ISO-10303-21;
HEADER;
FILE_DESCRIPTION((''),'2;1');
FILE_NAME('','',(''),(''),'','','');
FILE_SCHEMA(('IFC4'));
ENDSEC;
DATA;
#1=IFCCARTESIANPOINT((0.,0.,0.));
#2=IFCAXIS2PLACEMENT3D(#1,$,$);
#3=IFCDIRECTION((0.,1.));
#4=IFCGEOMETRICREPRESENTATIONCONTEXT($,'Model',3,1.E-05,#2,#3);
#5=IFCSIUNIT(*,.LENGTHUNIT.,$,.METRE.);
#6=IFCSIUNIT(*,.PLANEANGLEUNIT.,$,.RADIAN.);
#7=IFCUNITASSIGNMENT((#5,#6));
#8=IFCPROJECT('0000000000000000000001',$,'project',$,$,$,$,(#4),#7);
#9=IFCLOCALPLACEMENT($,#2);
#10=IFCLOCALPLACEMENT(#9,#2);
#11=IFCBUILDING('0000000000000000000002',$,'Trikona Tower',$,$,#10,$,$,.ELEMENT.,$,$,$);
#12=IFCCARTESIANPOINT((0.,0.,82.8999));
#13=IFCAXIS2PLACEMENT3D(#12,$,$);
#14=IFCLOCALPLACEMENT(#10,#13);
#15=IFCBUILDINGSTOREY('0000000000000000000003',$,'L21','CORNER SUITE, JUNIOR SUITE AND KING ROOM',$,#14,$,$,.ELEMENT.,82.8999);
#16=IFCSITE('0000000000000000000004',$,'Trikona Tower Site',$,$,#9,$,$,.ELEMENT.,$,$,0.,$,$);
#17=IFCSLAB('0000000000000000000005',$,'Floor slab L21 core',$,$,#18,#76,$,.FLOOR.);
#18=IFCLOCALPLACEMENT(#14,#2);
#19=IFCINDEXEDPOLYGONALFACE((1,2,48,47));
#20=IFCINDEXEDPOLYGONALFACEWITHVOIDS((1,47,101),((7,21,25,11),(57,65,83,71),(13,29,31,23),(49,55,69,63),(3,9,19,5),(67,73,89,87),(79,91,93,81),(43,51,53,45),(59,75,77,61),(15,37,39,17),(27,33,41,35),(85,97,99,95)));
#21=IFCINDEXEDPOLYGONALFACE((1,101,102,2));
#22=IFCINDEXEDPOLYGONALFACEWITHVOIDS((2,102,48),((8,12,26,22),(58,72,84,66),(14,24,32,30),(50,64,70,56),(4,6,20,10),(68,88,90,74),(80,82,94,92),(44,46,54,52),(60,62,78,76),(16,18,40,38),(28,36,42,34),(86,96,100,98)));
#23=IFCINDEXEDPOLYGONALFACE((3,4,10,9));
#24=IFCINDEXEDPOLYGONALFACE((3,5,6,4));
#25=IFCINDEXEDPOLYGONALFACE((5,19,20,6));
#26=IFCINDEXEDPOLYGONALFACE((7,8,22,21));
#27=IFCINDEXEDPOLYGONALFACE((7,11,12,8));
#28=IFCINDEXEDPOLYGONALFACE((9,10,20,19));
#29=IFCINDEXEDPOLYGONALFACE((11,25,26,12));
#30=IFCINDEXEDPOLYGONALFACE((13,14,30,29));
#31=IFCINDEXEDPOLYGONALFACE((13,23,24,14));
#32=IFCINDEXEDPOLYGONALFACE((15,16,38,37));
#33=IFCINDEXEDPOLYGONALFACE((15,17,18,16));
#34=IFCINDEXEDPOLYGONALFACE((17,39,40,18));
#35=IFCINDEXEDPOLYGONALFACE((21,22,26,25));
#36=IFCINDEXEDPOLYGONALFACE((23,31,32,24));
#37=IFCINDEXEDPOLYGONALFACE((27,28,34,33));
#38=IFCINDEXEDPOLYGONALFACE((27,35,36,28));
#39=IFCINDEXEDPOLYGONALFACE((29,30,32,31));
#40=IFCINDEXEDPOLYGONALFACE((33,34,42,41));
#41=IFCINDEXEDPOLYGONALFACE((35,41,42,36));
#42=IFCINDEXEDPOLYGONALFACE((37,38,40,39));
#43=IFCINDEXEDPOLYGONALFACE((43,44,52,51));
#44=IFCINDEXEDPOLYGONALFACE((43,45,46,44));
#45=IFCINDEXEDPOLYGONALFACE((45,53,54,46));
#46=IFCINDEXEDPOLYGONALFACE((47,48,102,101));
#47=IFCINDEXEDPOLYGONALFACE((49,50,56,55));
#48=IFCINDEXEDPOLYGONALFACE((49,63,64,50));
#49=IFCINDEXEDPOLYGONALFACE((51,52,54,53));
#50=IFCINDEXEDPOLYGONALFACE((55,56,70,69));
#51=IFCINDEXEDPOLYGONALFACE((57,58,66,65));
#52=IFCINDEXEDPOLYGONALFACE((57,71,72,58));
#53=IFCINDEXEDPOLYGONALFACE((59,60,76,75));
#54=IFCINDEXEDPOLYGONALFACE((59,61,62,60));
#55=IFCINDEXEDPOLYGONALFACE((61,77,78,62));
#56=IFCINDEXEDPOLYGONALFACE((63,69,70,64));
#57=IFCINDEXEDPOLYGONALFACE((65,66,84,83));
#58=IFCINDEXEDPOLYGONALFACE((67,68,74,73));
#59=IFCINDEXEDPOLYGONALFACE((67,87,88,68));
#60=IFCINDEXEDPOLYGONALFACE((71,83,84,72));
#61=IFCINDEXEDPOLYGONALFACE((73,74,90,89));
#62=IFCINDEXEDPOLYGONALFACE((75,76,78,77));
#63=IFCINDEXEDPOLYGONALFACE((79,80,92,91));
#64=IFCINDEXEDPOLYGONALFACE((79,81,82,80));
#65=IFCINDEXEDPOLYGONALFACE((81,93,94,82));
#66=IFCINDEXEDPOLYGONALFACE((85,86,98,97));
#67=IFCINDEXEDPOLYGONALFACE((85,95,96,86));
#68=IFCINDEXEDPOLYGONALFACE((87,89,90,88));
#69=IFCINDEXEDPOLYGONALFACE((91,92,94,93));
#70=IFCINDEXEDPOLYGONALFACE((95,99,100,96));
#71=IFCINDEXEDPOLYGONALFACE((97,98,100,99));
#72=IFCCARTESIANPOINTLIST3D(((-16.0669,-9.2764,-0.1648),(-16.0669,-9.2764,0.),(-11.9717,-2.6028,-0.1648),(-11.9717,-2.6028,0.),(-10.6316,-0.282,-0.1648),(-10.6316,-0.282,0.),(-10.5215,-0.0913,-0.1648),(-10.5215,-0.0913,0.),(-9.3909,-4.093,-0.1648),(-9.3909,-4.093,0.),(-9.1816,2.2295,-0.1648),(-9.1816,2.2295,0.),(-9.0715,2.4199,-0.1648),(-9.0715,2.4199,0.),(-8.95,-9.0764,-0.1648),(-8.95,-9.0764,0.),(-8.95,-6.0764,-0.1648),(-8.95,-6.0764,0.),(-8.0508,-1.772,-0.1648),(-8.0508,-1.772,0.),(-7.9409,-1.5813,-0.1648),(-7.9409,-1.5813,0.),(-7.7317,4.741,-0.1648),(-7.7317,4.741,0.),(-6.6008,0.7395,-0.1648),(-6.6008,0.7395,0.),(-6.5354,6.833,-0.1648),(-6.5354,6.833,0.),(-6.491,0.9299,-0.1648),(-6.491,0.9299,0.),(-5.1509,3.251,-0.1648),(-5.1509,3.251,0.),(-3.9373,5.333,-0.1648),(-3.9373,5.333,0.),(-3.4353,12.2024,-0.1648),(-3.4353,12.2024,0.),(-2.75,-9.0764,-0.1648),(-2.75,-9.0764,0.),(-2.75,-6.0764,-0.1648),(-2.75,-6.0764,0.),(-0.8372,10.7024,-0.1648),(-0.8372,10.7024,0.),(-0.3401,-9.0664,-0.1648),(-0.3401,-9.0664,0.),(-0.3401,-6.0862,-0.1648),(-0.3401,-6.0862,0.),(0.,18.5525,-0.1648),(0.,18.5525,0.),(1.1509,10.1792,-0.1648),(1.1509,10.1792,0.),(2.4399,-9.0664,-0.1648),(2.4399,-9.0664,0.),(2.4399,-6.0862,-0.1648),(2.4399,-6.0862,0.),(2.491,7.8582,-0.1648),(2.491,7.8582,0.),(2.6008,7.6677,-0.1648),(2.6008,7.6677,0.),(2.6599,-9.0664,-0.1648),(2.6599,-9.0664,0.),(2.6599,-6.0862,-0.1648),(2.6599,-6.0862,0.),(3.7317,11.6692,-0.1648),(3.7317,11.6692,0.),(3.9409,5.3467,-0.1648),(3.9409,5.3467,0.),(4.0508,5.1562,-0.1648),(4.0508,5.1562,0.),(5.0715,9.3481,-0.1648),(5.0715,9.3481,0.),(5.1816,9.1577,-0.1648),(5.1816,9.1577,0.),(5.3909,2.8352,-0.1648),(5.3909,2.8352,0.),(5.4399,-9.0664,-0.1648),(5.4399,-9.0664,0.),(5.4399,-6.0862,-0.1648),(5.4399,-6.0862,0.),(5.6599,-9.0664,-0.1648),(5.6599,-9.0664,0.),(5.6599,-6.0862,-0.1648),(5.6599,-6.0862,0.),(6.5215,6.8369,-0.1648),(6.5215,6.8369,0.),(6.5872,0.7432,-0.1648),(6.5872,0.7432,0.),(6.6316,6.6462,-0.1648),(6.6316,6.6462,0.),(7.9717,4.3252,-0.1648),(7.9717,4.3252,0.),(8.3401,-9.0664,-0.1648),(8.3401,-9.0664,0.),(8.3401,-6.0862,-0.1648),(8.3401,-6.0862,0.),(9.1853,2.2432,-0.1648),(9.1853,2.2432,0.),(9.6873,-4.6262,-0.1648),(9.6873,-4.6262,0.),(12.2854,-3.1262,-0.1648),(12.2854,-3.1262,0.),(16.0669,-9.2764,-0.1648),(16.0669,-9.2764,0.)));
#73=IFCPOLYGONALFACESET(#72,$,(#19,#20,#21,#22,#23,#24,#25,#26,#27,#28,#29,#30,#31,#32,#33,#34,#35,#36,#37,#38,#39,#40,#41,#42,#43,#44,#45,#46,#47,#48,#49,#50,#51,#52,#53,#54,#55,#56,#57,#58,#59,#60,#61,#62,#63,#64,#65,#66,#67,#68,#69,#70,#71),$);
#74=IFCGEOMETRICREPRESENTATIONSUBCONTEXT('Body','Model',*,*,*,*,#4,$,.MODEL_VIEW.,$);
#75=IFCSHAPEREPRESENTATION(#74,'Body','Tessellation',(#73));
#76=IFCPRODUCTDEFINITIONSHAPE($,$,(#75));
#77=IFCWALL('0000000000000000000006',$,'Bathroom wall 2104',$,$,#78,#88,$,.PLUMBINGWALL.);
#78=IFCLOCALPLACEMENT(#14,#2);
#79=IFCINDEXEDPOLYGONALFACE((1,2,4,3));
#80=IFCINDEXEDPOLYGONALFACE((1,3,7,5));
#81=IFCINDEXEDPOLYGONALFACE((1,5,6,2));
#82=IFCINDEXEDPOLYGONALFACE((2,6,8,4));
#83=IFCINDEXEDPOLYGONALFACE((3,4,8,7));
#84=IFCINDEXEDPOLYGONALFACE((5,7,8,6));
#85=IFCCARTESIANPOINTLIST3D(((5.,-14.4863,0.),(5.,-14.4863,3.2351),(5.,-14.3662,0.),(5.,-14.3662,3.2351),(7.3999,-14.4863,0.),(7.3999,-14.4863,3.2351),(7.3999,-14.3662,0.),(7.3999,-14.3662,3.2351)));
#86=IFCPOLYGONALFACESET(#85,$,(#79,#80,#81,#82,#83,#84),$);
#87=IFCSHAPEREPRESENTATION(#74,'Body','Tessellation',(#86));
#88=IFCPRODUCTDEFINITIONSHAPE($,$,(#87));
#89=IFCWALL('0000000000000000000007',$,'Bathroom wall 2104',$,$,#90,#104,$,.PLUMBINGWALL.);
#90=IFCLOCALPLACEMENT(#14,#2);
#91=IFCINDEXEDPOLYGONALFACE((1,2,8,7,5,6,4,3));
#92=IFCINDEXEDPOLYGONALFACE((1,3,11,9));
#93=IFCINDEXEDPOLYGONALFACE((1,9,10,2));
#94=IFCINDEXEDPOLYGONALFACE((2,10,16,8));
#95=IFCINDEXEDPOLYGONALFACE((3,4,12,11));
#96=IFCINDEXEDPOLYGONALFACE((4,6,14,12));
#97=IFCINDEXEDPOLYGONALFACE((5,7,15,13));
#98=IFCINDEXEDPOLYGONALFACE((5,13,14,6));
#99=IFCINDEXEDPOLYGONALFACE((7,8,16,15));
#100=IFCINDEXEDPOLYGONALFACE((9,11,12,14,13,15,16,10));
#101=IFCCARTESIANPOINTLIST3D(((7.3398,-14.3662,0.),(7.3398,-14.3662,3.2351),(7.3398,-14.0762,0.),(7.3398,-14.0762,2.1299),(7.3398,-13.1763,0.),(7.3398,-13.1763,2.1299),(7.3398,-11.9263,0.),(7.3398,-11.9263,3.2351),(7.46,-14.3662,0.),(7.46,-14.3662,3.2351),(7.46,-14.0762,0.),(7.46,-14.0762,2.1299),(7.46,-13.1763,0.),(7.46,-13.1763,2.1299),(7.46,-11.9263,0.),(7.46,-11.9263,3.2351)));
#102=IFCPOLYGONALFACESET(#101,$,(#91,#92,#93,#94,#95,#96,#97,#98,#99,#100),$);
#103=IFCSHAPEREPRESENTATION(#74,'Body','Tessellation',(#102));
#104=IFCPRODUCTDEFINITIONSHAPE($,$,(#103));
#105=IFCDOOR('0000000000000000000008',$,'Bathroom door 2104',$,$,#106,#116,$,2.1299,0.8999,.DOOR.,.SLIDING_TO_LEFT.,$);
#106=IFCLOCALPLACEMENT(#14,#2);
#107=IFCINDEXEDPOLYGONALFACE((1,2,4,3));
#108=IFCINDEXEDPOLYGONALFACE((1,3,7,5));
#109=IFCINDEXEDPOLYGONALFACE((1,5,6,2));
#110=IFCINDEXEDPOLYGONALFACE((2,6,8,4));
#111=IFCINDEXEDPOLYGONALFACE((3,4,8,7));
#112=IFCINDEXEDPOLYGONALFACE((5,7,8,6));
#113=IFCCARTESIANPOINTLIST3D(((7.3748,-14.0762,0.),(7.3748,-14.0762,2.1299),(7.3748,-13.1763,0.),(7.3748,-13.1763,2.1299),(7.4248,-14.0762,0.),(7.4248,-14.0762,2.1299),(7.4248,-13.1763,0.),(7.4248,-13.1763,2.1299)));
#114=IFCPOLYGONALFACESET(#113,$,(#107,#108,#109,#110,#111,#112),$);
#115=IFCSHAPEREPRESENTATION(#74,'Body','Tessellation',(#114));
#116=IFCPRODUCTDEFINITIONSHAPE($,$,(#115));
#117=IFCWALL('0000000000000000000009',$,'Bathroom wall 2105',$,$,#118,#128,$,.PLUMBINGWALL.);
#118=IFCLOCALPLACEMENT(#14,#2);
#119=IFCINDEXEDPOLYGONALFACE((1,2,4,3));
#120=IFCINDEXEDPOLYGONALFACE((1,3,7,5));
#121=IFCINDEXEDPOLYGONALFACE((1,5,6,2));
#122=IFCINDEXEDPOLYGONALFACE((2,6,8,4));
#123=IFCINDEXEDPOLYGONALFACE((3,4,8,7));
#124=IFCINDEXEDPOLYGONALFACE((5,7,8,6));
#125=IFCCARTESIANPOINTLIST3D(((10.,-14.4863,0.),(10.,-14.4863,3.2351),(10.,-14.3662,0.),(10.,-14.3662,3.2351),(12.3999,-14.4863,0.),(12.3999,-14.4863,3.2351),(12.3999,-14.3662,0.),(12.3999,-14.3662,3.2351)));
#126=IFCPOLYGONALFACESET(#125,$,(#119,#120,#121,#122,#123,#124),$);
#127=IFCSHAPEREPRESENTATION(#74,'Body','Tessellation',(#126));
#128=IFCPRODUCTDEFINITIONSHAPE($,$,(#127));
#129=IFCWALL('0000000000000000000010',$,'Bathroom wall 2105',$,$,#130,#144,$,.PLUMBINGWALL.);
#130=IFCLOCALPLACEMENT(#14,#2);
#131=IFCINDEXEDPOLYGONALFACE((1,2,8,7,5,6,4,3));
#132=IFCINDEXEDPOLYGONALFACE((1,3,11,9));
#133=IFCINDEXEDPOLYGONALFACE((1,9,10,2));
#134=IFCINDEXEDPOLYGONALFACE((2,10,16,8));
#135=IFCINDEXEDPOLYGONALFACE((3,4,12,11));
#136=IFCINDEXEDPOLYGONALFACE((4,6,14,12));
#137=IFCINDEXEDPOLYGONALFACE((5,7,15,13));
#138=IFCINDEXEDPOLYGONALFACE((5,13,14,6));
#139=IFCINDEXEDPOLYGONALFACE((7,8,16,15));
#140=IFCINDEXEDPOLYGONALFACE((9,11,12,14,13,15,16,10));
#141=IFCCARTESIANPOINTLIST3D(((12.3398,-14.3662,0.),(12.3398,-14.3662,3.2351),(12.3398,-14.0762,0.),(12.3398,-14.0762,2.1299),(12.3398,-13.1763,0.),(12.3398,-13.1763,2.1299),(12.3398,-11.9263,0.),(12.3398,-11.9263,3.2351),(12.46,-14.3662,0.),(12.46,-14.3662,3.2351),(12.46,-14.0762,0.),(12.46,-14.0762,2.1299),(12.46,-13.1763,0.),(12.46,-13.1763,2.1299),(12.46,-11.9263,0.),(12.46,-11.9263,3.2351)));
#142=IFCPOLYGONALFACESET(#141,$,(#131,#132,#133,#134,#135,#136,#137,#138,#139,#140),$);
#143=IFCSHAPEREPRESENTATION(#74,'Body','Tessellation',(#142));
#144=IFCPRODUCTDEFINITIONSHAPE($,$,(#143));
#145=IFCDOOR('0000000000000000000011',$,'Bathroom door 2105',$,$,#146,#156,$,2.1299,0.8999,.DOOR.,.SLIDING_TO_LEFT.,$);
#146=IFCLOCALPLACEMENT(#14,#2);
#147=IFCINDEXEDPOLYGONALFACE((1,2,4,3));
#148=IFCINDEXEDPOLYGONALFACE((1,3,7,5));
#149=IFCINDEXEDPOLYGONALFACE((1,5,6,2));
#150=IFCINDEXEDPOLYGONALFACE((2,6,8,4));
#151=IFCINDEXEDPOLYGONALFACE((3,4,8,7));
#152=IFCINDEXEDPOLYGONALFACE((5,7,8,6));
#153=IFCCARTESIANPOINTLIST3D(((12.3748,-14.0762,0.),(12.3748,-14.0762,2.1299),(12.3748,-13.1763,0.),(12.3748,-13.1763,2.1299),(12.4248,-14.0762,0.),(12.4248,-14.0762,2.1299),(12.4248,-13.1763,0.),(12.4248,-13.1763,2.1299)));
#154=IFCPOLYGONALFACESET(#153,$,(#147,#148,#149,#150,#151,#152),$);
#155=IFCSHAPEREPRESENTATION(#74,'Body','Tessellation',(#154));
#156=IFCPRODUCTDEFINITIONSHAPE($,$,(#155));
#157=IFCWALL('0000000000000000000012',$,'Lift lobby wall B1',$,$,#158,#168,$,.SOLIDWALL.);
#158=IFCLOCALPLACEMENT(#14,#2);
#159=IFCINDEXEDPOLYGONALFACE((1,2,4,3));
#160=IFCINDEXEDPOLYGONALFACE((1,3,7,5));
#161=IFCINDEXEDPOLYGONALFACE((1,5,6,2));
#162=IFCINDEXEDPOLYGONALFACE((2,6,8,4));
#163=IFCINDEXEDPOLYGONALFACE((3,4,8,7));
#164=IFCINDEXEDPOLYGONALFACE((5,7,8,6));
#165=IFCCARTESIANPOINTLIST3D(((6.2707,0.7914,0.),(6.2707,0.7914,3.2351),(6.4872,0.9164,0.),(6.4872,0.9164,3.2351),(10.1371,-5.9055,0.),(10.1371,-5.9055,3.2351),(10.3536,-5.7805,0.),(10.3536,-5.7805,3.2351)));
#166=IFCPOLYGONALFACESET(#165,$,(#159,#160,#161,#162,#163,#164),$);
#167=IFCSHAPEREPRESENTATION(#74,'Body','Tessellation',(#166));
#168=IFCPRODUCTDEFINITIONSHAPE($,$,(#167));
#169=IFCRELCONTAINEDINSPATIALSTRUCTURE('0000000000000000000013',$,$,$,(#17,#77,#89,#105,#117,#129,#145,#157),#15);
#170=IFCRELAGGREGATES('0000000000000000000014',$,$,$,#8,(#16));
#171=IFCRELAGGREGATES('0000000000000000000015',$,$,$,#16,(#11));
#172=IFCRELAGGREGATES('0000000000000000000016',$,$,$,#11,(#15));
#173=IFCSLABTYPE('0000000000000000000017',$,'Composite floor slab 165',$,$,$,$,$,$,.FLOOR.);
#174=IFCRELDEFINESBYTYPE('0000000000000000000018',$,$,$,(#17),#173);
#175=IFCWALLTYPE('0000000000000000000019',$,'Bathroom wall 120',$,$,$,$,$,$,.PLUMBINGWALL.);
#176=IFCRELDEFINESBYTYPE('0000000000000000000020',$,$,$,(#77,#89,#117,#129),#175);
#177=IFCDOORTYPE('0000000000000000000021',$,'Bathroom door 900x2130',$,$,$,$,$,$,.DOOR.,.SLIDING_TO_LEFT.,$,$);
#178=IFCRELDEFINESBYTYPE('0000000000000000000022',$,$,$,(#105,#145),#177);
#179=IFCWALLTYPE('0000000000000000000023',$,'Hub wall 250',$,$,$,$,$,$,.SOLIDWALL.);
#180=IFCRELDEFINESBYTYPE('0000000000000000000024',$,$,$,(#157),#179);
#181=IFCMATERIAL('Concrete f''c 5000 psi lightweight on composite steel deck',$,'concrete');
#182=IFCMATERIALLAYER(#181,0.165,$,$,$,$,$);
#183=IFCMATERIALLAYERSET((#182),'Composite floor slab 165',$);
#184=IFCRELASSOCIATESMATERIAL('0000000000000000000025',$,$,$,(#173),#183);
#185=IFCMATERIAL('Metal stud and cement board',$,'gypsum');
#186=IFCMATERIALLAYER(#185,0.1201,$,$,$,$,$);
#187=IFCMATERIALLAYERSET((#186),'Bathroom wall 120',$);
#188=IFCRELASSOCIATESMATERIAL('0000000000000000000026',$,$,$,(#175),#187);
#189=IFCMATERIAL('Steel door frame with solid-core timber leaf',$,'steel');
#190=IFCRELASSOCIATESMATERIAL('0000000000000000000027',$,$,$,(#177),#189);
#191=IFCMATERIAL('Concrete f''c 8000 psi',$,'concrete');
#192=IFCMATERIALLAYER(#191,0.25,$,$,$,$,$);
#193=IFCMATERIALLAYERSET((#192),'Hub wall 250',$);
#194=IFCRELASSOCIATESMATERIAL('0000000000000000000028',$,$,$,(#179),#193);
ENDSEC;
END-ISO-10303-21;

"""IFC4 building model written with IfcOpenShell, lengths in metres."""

from ifc_helpers import new_model, si_unit, direction, frame, frame_2d, origin, place, context, subcontext, project, spatial, polyline, rectangle, outline, extrude, material, layer, layer_set, type_object, element, fill, save


model = new_model("IFC4")

# Units and contexts
model_context = context("Model", 3, precision=1e-05, world=origin(), true_north=direction((0.0, 1.0)))
body_context = subcontext(model_context, "Body", "Model", "MODEL_VIEW")
ifc_project = project(units=[si_unit("LENGTHUNIT", "METRE"), si_unit("PLANEANGLEUNIT", "RADIAN")], contexts=[model_context])

# Site, building, storey
site_placement = place(None, origin())
site = spatial("IfcSite", under=ifc_project, at=site_placement, Name="Trikona Tower Site", CompositionType="ELEMENT", RefElevation=0.0)
building_placement = place(site_placement, origin())
building = spatial("IfcBuilding", under=site, at=building_placement, Name="Trikona Tower", CompositionType="ELEMENT")
storey_placement = place(building_placement, frame((0.0, 0.0, 82.8999)))
storey = spatial("IfcBuildingStorey", under=building, at=storey_placement, Name="L21", Description="CORNER SUITE, JUNIOR SUITE AND KING ROOM", CompositionType="ELEMENT", Elevation=82.8999)

# Slab
ifc_material_1 = material(Name="Concrete f'c 5000 psi lightweight on composite steel deck", Category="concrete")
ifc_layer_1 = layer(ifc_material_1, 0.165)
ifc_layer_set_1 = layer_set([ifc_layer_1], Name="Composite floor slab 165")
slab_type = type_object("IfcSlabType", Name="Composite floor slab 165", PredefinedType="FLOOR", material=ifc_layer_set_1)
slab_placement = place(storey_placement, frame((0.0, 0.0, -0.1648)))
element("IfcSlab", 1, at=slab_placement, inside=storey, type_object=slab_type, Name="Floor slab L21 core", PredefinedType="FLOOR", context=body_context, shape_type="SweptSolid", body=[
    extrude(outline(polyline([(-16.0669, -9.2764), (16.0669, -9.2764), (0.0, 18.5525), (-16.0669, -9.2764)]), holes=[polyline([(12.2854, -3.1262), (9.1853, 2.2432), (6.5872, 0.7432), (9.6873, -4.6262), (12.2854, -3.1262)]), polyline([(8.3401, -9.0664), (8.3401, -6.0862), (5.6599, -6.0862), (5.6599, -9.0664), (8.3401, -9.0664)]), polyline([(5.3909, 2.8352), (7.9717, 4.3252), (6.6316, 6.6462), (4.0508, 5.1562), (5.3909, 2.8352)]), polyline([(2.6008, 7.6677), (3.9409, 5.3467), (6.5215, 6.8369), (5.1816, 9.1577), (2.6008, 7.6677)]), polyline([(5.4399, -6.0862), (2.6599, -6.0862), (2.6599, -9.0664), (5.4399, -9.0664), (5.4399, -6.0862)]), polyline([(3.7317, 11.6692), (1.1509, 10.1792), (2.491, 7.8582), (5.0715, 9.3481), (3.7317, 11.6692)]), polyline([(-0.3401, -6.0862), (-0.3401, -9.0664), (2.4399, -9.0664), (2.4399, -6.0862), (-0.3401, -6.0862)]), polyline([(-3.4353, 12.2024), (-6.5354, 6.833), (-3.9373, 5.333), (-0.8372, 10.7024), (-3.4353, 12.2024)]), polyline([(-8.95, -9.0764), (-2.75, -9.0764), (-2.75, -6.0764), (-8.95, -6.0764), (-8.95, -9.0764)]), polyline([(-5.1509, 3.251), (-7.7317, 4.741), (-9.0715, 2.4199), (-6.491, 0.9299), (-5.1509, 3.251)]), polyline([(-7.9409, -1.5813), (-6.6008, 0.7395), (-9.1816, 2.2295), (-10.5215, -0.0913), (-7.9409, -1.5813)]), polyline([(-11.9717, -2.6028), (-9.3909, -4.093), (-8.0508, -1.772), (-10.6316, -0.282), (-11.9717, -2.6028)])]), origin(), (0.0, 0.0, 1.0), 0.1648),
])

# Wall
ifc_material_2 = material(Name="Metal stud and cement board", Category="gypsum")
ifc_layer_2 = layer(ifc_material_2, 0.1201)
ifc_layer_set_2 = layer_set([ifc_layer_2], Name="Bathroom wall 120")
wall_type_1 = type_object("IfcWallType", Name="Bathroom wall 120", PredefinedType="PLUMBINGWALL", material=ifc_layer_set_2)
wall_1_placement = place(storey_placement, frame((5.0, -14.4263, 0.0), z_axis=(0.0, 0.0, 1.0), x_axis=(1.0, 0.0, 0.0)))
element("IfcWall", 2, at=wall_1_placement, inside=storey, type_object=wall_type_1, Name="Bathroom wall 2104", PredefinedType="PLUMBINGWALL", context=body_context, shape_type="SweptSolid", body=[
    extrude(rectangle(XDim=2.3999, YDim=0.1201, at=frame_2d((1.2, 0.0))), origin(), (0.0, 0.0, 1.0), 3.2351),
])

# Wall, opening, door
wall_2_placement = place(storey_placement, frame((7.3999, -11.9263, 0.0), z_axis=(0.0, 0.0, 1.0), x_axis=(0.0, -1.0, 0.0)))
wall_2 = element("IfcWall", 3, at=wall_2_placement, inside=storey, type_object=wall_type_1, Name="Bathroom wall 2104", PredefinedType="PLUMBINGWALL", context=body_context, shape_type="SweptSolid", body=[
    extrude(rectangle(XDim=2.4399, YDim=0.1201, at=frame_2d((1.22, 0.0))), origin(), (0.0, 0.0, 1.0), 3.2351),
])
opening_1_placement = place(wall_2_placement, frame((1.25, 0.0, 0.0)))
opening_1 = element("IfcOpeningElement", 4, at=opening_1_placement, cuts=wall_2, PredefinedType="OPENING", context=body_context, shape_type="SweptSolid", body=[
    extrude(rectangle(XDim=0.8999, YDim=2.1299, at=frame_2d((0.45, 1.0649))), frame((0.0, 0.0701, 0.0), z_axis=(0.0, -1.0, 0.0), x_axis=(1.0, 0.0, 0.0)), (0.0, 0.0, 1.0), 0.1401),
])
ifc_material_3 = material(Name="Steel door frame with solid-core timber leaf", Category="steel")
door_type = type_object("IfcDoorType", Name="Bathroom door 900x2130", OperationType="SLIDING_TO_LEFT", PredefinedType="DOOR", material=ifc_material_3)
door_1_placement = place(opening_1_placement, origin())
door_1 = element("IfcDoor", 5, at=door_1_placement, inside=storey, type_object=door_type, Name="Bathroom door 2104", OperationType="SLIDING_TO_LEFT", OverallHeight=2.1299, OverallWidth=0.8999, PredefinedType="DOOR", context=body_context, shape_type="SweptSolid", body=[
    extrude(rectangle(XDim=0.8999, YDim=2.1299, at=frame_2d((0.45, 1.0649))), frame((0.0, 0.0249, 0.0), z_axis=(0.0, -1.0, 0.0), x_axis=(1.0, 0.0, 0.0)), (0.0, 0.0, 1.0), 0.05),
])
fill(opening_1, door_1)

# Wall
wall_3_placement = place(storey_placement, frame((10.0, -14.4263, 0.0), z_axis=(0.0, 0.0, 1.0), x_axis=(1.0, 0.0, 0.0)))
element("IfcWall", 6, at=wall_3_placement, inside=storey, type_object=wall_type_1, Name="Bathroom wall 2105", PredefinedType="PLUMBINGWALL", context=body_context, shape_type="SweptSolid", body=[
    extrude(rectangle(XDim=2.3999, YDim=0.1201, at=frame_2d((1.2, 0.0))), origin(), (0.0, 0.0, 1.0), 3.2351),
])

# Wall, opening, door
wall_4_placement = place(storey_placement, frame((12.3999, -11.9263, 0.0), z_axis=(0.0, 0.0, 1.0), x_axis=(0.0, -1.0, 0.0)))
wall_4 = element("IfcWall", 7, at=wall_4_placement, inside=storey, type_object=wall_type_1, Name="Bathroom wall 2105", PredefinedType="PLUMBINGWALL", context=body_context, shape_type="SweptSolid", body=[
    extrude(rectangle(XDim=2.4399, YDim=0.1201, at=frame_2d((1.22, 0.0))), origin(), (0.0, 0.0, 1.0), 3.2351),
])
opening_2_placement = place(wall_4_placement, frame((1.25, 0.0, 0.0)))
opening_2 = element("IfcOpeningElement", 8, at=opening_2_placement, cuts=wall_4, PredefinedType="OPENING", context=body_context, shape_type="SweptSolid", body=[
    extrude(rectangle(XDim=0.8999, YDim=2.1299, at=frame_2d((0.45, 1.0649))), frame((0.0, 0.0701, 0.0), z_axis=(0.0, -1.0, 0.0), x_axis=(1.0, 0.0, 0.0)), (0.0, 0.0, 1.0), 0.1401),
])
door_2_placement = place(opening_2_placement, origin())
door_2 = element("IfcDoor", 9, at=door_2_placement, inside=storey, type_object=door_type, Name="Bathroom door 2105", OperationType="SLIDING_TO_LEFT", OverallHeight=2.1299, OverallWidth=0.8999, PredefinedType="DOOR", context=body_context, shape_type="SweptSolid", body=[
    extrude(rectangle(XDim=0.8999, YDim=2.1299, at=frame_2d((0.45, 1.0649))), frame((0.0, 0.0249, 0.0), z_axis=(0.0, -1.0, 0.0), x_axis=(1.0, 0.0, 0.0)), (0.0, 0.0, 1.0), 0.05),
])
fill(opening_2, door_2)

# Wall
ifc_material_4 = material(Name="Concrete f'c 8000 psi", Category="concrete")
ifc_layer_3 = layer(ifc_material_4, 0.25)
ifc_layer_set_3 = layer_set([ifc_layer_3], Name="Hub wall 250")
wall_type_2 = type_object("IfcWallType", Name="Hub wall 250", PredefinedType="SOLIDWALL", material=ifc_layer_set_3)
wall_5_placement = place(storey_placement, frame((10.2454, -5.843, 0.0), z_axis=(0.0, 0.0, 1.0), x_axis=(-0.499993, 0.866029, 0.0)))
element("IfcWall", 10, at=wall_5_placement, inside=storey, type_object=wall_type_2, Name="Lift lobby wall B1", PredefinedType="SOLIDWALL", context=body_context, shape_type="SweptSolid", body=[
    extrude(rectangle(XDim=7.7329, YDim=0.25, at=frame_2d((3.8665, 0.0))), origin(), (0.0, 0.0, 1.0), 3.2351),
])

save(model, "model.ifc")
